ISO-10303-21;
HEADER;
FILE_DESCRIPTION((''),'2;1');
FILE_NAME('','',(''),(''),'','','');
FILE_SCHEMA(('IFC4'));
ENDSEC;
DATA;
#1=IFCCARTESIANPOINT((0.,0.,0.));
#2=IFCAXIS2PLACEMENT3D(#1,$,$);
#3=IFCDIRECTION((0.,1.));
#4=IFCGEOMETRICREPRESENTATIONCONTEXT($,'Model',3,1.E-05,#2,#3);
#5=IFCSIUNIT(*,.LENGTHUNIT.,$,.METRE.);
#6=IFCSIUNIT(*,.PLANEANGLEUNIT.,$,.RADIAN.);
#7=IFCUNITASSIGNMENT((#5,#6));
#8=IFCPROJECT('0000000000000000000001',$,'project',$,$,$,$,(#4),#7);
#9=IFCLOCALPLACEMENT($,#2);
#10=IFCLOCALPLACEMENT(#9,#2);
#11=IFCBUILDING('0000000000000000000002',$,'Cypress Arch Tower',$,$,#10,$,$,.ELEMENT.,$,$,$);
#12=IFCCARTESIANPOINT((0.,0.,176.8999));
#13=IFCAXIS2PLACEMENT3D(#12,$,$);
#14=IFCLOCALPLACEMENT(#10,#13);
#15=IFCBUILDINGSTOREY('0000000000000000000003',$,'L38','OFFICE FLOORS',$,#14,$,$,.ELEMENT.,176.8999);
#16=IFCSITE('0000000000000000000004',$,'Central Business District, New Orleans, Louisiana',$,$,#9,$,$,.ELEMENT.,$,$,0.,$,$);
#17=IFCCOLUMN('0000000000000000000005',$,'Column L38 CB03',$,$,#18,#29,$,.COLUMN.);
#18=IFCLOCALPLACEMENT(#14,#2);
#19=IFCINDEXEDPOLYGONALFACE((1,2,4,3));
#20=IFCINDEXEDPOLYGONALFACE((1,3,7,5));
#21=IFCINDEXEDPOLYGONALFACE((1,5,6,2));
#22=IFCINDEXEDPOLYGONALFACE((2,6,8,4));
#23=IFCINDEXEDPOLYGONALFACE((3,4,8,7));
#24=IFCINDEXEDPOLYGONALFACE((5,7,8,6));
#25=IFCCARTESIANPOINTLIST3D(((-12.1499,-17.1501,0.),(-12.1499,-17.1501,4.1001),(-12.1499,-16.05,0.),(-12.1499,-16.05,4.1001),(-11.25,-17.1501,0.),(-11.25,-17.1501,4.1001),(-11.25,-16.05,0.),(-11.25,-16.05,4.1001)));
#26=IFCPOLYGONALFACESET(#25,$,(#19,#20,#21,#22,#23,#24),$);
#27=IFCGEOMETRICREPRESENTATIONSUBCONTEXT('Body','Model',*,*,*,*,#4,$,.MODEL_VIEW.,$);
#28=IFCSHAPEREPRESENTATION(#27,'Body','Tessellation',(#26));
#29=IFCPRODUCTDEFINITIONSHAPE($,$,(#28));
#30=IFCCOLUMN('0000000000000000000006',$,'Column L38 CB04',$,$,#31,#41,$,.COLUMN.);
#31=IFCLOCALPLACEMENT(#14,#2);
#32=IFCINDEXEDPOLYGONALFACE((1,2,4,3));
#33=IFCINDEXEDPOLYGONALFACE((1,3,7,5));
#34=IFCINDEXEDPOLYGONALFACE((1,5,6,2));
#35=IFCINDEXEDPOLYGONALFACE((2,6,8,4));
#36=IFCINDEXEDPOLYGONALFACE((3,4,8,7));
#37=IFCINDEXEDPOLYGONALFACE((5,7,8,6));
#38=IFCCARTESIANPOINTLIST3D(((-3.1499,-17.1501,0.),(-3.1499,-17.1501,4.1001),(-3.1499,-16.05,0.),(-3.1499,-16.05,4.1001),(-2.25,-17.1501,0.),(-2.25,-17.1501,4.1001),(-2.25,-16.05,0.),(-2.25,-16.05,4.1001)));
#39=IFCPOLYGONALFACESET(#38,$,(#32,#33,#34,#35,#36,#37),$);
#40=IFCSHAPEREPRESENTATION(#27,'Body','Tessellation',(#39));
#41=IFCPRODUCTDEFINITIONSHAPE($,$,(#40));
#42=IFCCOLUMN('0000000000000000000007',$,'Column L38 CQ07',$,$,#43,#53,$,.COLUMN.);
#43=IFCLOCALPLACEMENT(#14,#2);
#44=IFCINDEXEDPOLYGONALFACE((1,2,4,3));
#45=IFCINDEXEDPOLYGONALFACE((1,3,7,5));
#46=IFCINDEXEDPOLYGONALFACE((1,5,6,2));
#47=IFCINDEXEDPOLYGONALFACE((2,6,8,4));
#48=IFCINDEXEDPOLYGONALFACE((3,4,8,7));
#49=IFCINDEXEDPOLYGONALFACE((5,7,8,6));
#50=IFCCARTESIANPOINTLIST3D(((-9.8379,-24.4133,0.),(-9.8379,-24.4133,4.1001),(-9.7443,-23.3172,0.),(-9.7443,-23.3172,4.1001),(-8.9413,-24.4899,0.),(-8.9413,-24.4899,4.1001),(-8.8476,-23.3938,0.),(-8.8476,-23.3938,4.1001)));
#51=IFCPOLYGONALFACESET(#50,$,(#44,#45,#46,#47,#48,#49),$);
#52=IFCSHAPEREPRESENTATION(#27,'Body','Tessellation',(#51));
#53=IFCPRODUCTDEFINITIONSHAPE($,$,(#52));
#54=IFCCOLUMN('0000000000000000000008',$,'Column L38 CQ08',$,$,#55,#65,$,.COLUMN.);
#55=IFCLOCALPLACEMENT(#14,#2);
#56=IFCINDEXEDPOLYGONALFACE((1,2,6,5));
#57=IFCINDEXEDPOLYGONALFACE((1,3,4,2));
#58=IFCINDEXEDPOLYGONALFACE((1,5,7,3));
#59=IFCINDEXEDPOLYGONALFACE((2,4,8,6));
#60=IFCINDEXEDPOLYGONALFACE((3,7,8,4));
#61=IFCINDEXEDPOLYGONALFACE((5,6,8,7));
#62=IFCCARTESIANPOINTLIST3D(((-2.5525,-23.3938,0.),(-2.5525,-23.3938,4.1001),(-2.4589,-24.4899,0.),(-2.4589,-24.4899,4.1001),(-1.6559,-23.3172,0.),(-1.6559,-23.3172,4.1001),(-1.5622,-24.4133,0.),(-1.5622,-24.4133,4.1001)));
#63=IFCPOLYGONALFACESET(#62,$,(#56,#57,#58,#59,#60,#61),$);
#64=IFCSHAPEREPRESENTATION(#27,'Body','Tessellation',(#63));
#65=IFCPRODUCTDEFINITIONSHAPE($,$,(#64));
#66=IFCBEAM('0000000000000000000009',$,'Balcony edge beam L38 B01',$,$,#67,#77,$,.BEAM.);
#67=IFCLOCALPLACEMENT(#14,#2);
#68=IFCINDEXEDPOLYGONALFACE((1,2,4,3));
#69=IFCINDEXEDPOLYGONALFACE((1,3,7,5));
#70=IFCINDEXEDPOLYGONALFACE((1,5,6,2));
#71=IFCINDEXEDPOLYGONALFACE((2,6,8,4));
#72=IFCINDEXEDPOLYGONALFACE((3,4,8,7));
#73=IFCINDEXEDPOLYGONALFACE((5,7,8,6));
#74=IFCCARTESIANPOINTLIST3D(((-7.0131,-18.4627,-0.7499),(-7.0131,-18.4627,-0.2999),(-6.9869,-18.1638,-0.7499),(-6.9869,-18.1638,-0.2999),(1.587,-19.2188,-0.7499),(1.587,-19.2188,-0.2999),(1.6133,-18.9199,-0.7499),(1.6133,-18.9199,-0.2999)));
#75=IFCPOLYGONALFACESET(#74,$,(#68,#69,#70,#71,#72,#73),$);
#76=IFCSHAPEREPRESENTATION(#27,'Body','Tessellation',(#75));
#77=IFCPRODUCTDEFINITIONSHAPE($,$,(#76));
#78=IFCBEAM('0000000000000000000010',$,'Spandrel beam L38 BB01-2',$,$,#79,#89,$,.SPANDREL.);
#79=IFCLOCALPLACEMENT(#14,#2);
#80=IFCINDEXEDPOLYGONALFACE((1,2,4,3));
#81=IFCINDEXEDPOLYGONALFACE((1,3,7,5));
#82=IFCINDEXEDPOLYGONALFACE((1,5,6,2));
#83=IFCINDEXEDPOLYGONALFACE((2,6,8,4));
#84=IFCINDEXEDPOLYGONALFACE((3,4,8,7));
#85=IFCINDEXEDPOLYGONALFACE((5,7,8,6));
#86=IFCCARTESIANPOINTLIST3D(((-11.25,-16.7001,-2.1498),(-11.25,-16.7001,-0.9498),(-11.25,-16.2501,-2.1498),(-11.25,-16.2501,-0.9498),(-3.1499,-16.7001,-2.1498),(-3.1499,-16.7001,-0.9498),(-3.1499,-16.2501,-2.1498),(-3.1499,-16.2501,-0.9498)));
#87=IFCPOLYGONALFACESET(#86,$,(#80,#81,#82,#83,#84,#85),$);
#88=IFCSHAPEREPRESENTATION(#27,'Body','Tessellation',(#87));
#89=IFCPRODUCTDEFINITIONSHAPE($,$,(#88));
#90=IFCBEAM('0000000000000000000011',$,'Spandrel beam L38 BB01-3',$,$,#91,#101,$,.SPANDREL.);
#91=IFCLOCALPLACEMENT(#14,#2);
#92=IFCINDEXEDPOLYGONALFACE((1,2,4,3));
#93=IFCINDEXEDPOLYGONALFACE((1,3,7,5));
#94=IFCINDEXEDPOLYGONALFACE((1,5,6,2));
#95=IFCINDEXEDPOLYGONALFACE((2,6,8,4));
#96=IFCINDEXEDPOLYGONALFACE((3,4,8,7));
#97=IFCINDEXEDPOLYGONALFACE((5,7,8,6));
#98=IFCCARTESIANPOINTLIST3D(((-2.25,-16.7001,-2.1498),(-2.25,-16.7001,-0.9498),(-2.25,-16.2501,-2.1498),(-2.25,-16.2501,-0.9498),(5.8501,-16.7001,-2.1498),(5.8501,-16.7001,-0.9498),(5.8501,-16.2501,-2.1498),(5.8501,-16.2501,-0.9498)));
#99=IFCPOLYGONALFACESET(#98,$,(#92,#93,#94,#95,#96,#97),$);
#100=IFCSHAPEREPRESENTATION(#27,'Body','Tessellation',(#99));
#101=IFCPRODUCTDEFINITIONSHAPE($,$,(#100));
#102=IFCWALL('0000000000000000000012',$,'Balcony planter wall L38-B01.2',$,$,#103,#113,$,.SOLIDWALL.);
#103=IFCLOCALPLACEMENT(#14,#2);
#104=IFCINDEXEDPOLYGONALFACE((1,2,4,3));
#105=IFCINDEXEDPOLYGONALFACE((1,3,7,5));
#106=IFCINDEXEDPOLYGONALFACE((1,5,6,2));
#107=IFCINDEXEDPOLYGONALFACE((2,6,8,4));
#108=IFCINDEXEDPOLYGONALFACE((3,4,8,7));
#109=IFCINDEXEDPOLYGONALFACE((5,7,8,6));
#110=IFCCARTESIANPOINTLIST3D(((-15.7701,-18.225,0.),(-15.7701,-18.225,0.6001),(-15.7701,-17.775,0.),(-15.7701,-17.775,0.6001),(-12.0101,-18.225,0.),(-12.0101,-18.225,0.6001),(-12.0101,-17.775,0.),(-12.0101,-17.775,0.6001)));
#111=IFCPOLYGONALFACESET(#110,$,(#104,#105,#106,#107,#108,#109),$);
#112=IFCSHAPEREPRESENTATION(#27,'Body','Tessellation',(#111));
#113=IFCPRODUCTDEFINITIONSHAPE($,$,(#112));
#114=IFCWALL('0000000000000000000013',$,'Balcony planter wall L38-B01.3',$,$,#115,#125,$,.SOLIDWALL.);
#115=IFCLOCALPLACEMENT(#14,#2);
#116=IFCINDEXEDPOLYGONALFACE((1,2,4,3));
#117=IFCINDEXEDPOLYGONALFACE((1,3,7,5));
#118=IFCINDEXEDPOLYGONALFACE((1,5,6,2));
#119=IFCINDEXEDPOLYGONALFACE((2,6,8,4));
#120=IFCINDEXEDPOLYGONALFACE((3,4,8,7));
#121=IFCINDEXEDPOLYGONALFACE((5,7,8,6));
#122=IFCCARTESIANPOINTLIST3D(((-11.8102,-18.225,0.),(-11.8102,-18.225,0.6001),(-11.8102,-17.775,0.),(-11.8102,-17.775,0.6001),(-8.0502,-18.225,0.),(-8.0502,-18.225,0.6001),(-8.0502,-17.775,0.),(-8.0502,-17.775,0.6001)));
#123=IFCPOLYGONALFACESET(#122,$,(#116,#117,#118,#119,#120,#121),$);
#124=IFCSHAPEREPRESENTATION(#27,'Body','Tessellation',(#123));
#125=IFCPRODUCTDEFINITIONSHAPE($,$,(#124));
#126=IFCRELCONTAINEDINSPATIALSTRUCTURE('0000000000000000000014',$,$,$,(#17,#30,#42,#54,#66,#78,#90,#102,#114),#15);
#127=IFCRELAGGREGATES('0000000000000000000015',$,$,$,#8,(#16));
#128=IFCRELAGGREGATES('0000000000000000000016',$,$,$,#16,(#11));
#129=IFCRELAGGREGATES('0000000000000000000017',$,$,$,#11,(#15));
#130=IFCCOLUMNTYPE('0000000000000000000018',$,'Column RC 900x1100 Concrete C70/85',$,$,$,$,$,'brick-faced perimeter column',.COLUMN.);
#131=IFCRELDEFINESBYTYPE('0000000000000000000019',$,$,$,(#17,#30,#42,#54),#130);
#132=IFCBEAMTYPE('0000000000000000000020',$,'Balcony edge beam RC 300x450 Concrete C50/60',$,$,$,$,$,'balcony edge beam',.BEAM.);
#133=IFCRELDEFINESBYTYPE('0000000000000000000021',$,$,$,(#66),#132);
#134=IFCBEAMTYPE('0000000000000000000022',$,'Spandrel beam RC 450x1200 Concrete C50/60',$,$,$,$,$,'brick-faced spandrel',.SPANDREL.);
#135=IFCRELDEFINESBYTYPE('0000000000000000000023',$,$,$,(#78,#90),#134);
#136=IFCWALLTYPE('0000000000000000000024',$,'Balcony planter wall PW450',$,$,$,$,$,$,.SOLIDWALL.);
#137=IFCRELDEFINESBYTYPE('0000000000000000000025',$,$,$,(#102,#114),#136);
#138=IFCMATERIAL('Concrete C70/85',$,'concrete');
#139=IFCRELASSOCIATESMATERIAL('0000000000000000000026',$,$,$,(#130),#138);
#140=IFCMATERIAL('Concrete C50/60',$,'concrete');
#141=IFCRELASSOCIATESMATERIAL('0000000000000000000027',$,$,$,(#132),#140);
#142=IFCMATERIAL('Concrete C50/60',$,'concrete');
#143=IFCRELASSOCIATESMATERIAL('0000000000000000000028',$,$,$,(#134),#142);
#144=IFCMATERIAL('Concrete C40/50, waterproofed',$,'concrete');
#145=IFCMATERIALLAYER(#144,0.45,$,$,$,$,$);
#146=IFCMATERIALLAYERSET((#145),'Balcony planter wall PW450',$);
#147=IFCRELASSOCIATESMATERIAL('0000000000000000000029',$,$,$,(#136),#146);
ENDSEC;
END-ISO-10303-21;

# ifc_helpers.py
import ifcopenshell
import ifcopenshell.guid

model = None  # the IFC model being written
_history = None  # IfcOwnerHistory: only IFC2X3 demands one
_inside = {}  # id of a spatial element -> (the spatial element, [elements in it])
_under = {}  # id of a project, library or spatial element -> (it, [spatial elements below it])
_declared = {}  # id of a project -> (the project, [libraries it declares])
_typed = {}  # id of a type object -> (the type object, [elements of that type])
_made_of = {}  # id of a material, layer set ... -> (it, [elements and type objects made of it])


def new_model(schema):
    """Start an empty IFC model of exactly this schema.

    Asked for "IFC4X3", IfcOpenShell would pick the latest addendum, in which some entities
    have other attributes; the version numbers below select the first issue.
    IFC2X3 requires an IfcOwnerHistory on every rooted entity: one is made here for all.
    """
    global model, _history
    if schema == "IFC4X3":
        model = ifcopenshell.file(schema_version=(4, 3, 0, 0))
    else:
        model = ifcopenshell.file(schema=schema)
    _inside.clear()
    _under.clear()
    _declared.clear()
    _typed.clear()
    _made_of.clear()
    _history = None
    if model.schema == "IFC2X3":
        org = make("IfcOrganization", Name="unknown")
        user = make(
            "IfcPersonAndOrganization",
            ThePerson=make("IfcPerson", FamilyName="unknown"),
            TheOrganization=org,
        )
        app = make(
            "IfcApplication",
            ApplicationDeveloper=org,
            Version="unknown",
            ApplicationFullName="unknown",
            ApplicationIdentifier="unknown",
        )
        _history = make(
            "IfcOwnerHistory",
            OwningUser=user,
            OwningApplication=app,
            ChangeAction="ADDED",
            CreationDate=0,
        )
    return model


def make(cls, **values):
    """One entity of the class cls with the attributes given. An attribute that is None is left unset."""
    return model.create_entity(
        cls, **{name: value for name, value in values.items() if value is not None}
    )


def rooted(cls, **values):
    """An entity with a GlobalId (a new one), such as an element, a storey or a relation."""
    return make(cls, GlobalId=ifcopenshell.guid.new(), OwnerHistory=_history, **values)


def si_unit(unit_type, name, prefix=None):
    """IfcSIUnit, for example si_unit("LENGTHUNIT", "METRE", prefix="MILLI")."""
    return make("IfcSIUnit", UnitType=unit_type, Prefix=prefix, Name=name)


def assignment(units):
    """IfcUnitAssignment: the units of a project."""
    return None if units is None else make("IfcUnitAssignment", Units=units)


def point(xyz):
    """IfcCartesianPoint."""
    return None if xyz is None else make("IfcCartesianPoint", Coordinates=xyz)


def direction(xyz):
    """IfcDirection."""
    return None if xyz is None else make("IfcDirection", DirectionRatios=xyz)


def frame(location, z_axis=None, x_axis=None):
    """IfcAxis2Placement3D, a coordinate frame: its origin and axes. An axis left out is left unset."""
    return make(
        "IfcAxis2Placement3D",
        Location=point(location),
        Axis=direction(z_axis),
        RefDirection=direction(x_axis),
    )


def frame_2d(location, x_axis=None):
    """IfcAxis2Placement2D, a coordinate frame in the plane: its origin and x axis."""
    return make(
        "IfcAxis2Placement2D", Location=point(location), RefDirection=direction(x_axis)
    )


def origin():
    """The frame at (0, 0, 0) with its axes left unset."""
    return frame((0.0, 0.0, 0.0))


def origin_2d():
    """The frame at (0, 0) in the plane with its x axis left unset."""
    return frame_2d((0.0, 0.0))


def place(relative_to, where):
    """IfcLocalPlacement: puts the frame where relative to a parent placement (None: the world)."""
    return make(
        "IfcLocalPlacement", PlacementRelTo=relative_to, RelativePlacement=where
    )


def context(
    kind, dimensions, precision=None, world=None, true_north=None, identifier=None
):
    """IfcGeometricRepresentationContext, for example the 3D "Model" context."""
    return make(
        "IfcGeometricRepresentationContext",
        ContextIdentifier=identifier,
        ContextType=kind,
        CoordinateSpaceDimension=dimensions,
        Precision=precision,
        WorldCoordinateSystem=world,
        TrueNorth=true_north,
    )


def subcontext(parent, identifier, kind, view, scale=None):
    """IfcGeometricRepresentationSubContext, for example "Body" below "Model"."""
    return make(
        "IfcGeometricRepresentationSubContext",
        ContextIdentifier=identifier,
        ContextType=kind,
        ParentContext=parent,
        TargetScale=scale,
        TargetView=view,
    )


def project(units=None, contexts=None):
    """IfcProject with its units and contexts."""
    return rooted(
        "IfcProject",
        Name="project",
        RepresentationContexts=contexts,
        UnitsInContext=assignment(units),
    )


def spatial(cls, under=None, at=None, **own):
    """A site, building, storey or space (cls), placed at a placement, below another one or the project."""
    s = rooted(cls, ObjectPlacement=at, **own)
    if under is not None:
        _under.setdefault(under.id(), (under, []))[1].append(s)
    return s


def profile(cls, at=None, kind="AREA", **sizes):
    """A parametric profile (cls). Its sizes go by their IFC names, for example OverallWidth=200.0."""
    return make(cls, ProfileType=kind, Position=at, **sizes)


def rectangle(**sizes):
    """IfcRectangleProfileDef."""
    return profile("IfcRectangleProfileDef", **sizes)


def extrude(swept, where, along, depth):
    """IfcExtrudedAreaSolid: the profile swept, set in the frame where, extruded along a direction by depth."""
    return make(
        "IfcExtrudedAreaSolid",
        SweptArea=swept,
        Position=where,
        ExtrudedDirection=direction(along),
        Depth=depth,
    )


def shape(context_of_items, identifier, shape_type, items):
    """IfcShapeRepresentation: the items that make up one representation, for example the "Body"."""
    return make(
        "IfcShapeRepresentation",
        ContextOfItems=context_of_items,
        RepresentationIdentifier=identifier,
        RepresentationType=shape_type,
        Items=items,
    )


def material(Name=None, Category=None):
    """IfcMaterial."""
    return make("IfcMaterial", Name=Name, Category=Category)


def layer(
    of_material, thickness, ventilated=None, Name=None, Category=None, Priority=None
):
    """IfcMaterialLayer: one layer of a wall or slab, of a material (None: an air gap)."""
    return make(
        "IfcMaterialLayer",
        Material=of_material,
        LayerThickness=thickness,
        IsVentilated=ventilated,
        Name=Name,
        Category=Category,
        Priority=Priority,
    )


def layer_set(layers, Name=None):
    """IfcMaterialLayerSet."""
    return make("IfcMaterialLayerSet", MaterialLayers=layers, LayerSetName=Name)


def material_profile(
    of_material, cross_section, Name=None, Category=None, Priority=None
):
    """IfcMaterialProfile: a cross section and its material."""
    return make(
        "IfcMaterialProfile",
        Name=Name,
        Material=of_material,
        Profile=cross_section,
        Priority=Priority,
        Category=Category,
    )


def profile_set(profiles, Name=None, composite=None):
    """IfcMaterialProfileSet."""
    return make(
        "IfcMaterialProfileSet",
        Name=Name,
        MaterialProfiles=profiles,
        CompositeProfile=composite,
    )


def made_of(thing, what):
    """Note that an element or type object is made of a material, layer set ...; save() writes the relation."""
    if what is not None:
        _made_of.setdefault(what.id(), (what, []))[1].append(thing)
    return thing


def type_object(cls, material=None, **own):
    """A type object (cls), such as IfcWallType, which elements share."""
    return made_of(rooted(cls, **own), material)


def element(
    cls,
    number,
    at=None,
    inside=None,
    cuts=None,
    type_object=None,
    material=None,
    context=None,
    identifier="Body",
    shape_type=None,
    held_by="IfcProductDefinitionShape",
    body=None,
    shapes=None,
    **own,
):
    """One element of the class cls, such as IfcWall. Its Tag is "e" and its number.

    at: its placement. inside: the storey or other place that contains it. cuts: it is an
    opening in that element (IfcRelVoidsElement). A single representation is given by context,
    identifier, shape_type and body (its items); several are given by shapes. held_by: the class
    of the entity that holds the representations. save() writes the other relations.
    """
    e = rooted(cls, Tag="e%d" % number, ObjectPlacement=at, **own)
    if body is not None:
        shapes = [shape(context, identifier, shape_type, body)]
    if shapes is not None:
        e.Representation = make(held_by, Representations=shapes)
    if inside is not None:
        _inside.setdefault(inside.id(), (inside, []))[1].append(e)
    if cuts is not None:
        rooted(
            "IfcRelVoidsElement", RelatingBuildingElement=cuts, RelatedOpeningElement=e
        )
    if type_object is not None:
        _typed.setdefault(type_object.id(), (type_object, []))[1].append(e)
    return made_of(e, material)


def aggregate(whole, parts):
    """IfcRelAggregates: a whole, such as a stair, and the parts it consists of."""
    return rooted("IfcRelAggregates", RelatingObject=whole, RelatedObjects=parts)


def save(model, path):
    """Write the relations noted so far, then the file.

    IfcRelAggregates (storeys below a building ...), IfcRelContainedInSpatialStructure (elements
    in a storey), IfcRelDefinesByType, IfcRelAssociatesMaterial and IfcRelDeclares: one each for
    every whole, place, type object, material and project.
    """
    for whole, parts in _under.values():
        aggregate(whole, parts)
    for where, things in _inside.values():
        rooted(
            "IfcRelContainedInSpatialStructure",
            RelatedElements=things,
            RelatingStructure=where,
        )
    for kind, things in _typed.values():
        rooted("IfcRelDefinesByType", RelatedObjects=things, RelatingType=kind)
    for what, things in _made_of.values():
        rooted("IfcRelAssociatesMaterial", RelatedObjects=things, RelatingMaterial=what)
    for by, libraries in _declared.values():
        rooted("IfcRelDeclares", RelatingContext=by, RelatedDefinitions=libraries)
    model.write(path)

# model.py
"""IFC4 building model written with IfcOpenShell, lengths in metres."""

from ifc_helpers import new_model, si_unit, direction, frame, frame_2d, origin, origin_2d, place, context, subcontext, project, spatial, rectangle, extrude, material, layer, layer_set, material_profile, profile_set, type_object, element, save


model = new_model("IFC4")

# Units and contexts
model_context = context("Model", 3, precision=1e-05, world=origin(), true_north=direction((0.0, 1.0)))
body_context = subcontext(model_context, "Body", "Model", "MODEL_VIEW")
ifc_project = project(units=[si_unit("LENGTHUNIT", "METRE"), si_unit("PLANEANGLEUNIT", "RADIAN")], contexts=[model_context])

# Site, building, storey
site_placement = place(None, origin())
site = spatial("IfcSite", under=ifc_project, at=site_placement, Name="Central Business District, New Orleans, Louisiana", CompositionType="ELEMENT", RefElevation=0.0)
building_placement = place(site_placement, origin())
building = spatial("IfcBuilding", under=site, at=building_placement, Name="Cypress Arch Tower", CompositionType="ELEMENT")
storey_placement = place(building_placement, frame((0.0, 0.0, 176.8999)))
storey = spatial("IfcBuildingStorey", under=building, at=storey_placement, Name="L38", Description="OFFICE FLOORS", CompositionType="ELEMENT", Elevation=176.8999)

# Columns
ifc_material_1 = material(Name="Concrete C70/85", Category="concrete")
ifc_material_profile_1 = material_profile(ifc_material_1, rectangle(XDim=0.8999, YDim=1.1001, at=origin_2d()), Name="RC 900x1100")
ifc_profile_set_1 = profile_set([ifc_material_profile_1], Name="Concrete C70/85")
column_type = type_object("IfcColumnType", Name="Column RC 900x1100 Concrete C70/85", ElementType="brick-faced perimeter column", PredefinedType="COLUMN", material=ifc_profile_set_1)
for number, where, z_axis, x_axis, name in (
    (1, (-11.7, -16.6001, 0.0), (0.0, 0.0, 1.0), (1.0, 0.0, 0.0), "Column L38 CB03"),
    (2, (-2.7, -16.6001, 0.0), (0.0, 0.0, 1.0), (1.0, 0.0, 0.0), "Column L38 CB04"),
    (3, (-9.3428, -23.9036, 0.0), (0.0, 0.0, 1.0), (0.996368, -0.085149, 0.0), "Column L38 CQ07"),
    (4, (-2.0574, -23.9036, 0.0), (0.0, 0.0, 1.0), (0.996368, 0.085149, 0.0), "Column L38 CQ08"),
):
    element("IfcColumn", number, at=place(storey_placement, frame(where, z_axis=z_axis, x_axis=x_axis)), inside=storey, type_object=column_type, Name=name, PredefinedType="COLUMN", context=body_context, shape_type="SweptSolid", body=[
        extrude(rectangle(XDim=0.8999, YDim=1.1001, at=origin_2d()), origin(), (0.0, 0.0, 1.0), 4.1001),
    ])

# Beams
ifc_material_2 = material(Name="Concrete C50/60", Category="concrete")
ifc_material_profile_2 = material_profile(ifc_material_2, rectangle(XDim=0.3, YDim=0.45, at=origin_2d()), Name="RC 300x450")
ifc_profile_set_2 = profile_set([ifc_material_profile_2], Name="Concrete C50/60")
beam_type_1 = type_object("IfcBeamType", Name="Balcony edge beam RC 300x450 Concrete C50/60", ElementType="balcony edge beam", PredefinedType="BEAM", material=ifc_profile_set_2)
beam_placement = place(storey_placement, frame((-7.0, -18.3132, -0.5249), z_axis=(0.996157, -0.08758, 0.0), x_axis=(0.08758, 0.996157, 0.0)))
element("IfcBeam", 5, at=beam_placement, inside=storey, type_object=beam_type_1, Name="Balcony edge beam L38 B01", PredefinedType="BEAM", context=body_context, shape_type="SweptSolid", body=[
    extrude(rectangle(XDim=0.3, YDim=0.45, at=origin_2d()), origin(), (0.0, 0.0, 1.0), 8.6333),
])
ifc_material_3 = material(Name="Concrete C50/60", Category="concrete")
ifc_material_profile_3 = material_profile(ifc_material_3, rectangle(XDim=0.45, YDim=1.2, at=origin_2d()), Name="RC 450x1200")
ifc_profile_set_3 = profile_set([ifc_material_profile_3], Name="Concrete C50/60")
beam_type_2 = type_object("IfcBeamType", Name="Spandrel beam RC 450x1200 Concrete C50/60", ElementType="brick-faced spandrel", PredefinedType="SPANDREL", material=ifc_profile_set_3)
for number, where, z_axis, x_axis, name in (
    (6, (-11.25, -16.4751, -1.5498), (1.0, 0.0, 0.0), (0.0, 1.0, 0.0), "Spandrel beam L38 BB01-2"),
    (7, (-2.25, -16.4751, -1.5498), (1.0, 0.0, 0.0), (0.0, 1.0, 0.0), "Spandrel beam L38 BB01-3"),
):
    element("IfcBeam", number, at=place(storey_placement, frame(where, z_axis=z_axis, x_axis=x_axis)), inside=storey, type_object=beam_type_2, Name=name, PredefinedType="SPANDREL", context=body_context, shape_type="SweptSolid", body=[
        extrude(rectangle(XDim=0.45, YDim=1.2, at=origin_2d()), origin(), (0.0, 0.0, 1.0), 8.1001),
    ])

# Walls
ifc_material_4 = material(Name="Concrete C40/50, waterproofed", Category="concrete")
ifc_layer_1 = layer(ifc_material_4, 0.45)
ifc_layer_set_1 = layer_set([ifc_layer_1], Name="Balcony planter wall PW450")
wall_type_1 = type_object("IfcWallType", Name="Balcony planter wall PW450", PredefinedType="SOLIDWALL", material=ifc_layer_set_1)
for number, where, z_axis, x_axis, name in (
    (8, (-15.77, -18.0, 0.0), (0.0, 0.0, 1.0), (1.0, 0.0, 0.0), "Balcony planter wall L38-B01.2"),
    (9, (-11.8101, -18.0, 0.0), (0.0, 0.0, 1.0), (1.0, 0.0, 0.0), "Balcony planter wall L38-B01.3"),
):
    element("IfcWall", number, at=place(storey_placement, frame(where, z_axis=z_axis, x_axis=x_axis)), inside=storey, type_object=wall_type_1, Name=name, PredefinedType="SOLIDWALL", context=body_context, shape_type="SweptSolid", body=[
        extrude(rectangle(XDim=3.76, YDim=0.45, at=frame_2d((1.8799, 0.0))), origin(), (0.0, 0.0, 1.0), 0.6001),
    ])

save(model, "model.ifc")
